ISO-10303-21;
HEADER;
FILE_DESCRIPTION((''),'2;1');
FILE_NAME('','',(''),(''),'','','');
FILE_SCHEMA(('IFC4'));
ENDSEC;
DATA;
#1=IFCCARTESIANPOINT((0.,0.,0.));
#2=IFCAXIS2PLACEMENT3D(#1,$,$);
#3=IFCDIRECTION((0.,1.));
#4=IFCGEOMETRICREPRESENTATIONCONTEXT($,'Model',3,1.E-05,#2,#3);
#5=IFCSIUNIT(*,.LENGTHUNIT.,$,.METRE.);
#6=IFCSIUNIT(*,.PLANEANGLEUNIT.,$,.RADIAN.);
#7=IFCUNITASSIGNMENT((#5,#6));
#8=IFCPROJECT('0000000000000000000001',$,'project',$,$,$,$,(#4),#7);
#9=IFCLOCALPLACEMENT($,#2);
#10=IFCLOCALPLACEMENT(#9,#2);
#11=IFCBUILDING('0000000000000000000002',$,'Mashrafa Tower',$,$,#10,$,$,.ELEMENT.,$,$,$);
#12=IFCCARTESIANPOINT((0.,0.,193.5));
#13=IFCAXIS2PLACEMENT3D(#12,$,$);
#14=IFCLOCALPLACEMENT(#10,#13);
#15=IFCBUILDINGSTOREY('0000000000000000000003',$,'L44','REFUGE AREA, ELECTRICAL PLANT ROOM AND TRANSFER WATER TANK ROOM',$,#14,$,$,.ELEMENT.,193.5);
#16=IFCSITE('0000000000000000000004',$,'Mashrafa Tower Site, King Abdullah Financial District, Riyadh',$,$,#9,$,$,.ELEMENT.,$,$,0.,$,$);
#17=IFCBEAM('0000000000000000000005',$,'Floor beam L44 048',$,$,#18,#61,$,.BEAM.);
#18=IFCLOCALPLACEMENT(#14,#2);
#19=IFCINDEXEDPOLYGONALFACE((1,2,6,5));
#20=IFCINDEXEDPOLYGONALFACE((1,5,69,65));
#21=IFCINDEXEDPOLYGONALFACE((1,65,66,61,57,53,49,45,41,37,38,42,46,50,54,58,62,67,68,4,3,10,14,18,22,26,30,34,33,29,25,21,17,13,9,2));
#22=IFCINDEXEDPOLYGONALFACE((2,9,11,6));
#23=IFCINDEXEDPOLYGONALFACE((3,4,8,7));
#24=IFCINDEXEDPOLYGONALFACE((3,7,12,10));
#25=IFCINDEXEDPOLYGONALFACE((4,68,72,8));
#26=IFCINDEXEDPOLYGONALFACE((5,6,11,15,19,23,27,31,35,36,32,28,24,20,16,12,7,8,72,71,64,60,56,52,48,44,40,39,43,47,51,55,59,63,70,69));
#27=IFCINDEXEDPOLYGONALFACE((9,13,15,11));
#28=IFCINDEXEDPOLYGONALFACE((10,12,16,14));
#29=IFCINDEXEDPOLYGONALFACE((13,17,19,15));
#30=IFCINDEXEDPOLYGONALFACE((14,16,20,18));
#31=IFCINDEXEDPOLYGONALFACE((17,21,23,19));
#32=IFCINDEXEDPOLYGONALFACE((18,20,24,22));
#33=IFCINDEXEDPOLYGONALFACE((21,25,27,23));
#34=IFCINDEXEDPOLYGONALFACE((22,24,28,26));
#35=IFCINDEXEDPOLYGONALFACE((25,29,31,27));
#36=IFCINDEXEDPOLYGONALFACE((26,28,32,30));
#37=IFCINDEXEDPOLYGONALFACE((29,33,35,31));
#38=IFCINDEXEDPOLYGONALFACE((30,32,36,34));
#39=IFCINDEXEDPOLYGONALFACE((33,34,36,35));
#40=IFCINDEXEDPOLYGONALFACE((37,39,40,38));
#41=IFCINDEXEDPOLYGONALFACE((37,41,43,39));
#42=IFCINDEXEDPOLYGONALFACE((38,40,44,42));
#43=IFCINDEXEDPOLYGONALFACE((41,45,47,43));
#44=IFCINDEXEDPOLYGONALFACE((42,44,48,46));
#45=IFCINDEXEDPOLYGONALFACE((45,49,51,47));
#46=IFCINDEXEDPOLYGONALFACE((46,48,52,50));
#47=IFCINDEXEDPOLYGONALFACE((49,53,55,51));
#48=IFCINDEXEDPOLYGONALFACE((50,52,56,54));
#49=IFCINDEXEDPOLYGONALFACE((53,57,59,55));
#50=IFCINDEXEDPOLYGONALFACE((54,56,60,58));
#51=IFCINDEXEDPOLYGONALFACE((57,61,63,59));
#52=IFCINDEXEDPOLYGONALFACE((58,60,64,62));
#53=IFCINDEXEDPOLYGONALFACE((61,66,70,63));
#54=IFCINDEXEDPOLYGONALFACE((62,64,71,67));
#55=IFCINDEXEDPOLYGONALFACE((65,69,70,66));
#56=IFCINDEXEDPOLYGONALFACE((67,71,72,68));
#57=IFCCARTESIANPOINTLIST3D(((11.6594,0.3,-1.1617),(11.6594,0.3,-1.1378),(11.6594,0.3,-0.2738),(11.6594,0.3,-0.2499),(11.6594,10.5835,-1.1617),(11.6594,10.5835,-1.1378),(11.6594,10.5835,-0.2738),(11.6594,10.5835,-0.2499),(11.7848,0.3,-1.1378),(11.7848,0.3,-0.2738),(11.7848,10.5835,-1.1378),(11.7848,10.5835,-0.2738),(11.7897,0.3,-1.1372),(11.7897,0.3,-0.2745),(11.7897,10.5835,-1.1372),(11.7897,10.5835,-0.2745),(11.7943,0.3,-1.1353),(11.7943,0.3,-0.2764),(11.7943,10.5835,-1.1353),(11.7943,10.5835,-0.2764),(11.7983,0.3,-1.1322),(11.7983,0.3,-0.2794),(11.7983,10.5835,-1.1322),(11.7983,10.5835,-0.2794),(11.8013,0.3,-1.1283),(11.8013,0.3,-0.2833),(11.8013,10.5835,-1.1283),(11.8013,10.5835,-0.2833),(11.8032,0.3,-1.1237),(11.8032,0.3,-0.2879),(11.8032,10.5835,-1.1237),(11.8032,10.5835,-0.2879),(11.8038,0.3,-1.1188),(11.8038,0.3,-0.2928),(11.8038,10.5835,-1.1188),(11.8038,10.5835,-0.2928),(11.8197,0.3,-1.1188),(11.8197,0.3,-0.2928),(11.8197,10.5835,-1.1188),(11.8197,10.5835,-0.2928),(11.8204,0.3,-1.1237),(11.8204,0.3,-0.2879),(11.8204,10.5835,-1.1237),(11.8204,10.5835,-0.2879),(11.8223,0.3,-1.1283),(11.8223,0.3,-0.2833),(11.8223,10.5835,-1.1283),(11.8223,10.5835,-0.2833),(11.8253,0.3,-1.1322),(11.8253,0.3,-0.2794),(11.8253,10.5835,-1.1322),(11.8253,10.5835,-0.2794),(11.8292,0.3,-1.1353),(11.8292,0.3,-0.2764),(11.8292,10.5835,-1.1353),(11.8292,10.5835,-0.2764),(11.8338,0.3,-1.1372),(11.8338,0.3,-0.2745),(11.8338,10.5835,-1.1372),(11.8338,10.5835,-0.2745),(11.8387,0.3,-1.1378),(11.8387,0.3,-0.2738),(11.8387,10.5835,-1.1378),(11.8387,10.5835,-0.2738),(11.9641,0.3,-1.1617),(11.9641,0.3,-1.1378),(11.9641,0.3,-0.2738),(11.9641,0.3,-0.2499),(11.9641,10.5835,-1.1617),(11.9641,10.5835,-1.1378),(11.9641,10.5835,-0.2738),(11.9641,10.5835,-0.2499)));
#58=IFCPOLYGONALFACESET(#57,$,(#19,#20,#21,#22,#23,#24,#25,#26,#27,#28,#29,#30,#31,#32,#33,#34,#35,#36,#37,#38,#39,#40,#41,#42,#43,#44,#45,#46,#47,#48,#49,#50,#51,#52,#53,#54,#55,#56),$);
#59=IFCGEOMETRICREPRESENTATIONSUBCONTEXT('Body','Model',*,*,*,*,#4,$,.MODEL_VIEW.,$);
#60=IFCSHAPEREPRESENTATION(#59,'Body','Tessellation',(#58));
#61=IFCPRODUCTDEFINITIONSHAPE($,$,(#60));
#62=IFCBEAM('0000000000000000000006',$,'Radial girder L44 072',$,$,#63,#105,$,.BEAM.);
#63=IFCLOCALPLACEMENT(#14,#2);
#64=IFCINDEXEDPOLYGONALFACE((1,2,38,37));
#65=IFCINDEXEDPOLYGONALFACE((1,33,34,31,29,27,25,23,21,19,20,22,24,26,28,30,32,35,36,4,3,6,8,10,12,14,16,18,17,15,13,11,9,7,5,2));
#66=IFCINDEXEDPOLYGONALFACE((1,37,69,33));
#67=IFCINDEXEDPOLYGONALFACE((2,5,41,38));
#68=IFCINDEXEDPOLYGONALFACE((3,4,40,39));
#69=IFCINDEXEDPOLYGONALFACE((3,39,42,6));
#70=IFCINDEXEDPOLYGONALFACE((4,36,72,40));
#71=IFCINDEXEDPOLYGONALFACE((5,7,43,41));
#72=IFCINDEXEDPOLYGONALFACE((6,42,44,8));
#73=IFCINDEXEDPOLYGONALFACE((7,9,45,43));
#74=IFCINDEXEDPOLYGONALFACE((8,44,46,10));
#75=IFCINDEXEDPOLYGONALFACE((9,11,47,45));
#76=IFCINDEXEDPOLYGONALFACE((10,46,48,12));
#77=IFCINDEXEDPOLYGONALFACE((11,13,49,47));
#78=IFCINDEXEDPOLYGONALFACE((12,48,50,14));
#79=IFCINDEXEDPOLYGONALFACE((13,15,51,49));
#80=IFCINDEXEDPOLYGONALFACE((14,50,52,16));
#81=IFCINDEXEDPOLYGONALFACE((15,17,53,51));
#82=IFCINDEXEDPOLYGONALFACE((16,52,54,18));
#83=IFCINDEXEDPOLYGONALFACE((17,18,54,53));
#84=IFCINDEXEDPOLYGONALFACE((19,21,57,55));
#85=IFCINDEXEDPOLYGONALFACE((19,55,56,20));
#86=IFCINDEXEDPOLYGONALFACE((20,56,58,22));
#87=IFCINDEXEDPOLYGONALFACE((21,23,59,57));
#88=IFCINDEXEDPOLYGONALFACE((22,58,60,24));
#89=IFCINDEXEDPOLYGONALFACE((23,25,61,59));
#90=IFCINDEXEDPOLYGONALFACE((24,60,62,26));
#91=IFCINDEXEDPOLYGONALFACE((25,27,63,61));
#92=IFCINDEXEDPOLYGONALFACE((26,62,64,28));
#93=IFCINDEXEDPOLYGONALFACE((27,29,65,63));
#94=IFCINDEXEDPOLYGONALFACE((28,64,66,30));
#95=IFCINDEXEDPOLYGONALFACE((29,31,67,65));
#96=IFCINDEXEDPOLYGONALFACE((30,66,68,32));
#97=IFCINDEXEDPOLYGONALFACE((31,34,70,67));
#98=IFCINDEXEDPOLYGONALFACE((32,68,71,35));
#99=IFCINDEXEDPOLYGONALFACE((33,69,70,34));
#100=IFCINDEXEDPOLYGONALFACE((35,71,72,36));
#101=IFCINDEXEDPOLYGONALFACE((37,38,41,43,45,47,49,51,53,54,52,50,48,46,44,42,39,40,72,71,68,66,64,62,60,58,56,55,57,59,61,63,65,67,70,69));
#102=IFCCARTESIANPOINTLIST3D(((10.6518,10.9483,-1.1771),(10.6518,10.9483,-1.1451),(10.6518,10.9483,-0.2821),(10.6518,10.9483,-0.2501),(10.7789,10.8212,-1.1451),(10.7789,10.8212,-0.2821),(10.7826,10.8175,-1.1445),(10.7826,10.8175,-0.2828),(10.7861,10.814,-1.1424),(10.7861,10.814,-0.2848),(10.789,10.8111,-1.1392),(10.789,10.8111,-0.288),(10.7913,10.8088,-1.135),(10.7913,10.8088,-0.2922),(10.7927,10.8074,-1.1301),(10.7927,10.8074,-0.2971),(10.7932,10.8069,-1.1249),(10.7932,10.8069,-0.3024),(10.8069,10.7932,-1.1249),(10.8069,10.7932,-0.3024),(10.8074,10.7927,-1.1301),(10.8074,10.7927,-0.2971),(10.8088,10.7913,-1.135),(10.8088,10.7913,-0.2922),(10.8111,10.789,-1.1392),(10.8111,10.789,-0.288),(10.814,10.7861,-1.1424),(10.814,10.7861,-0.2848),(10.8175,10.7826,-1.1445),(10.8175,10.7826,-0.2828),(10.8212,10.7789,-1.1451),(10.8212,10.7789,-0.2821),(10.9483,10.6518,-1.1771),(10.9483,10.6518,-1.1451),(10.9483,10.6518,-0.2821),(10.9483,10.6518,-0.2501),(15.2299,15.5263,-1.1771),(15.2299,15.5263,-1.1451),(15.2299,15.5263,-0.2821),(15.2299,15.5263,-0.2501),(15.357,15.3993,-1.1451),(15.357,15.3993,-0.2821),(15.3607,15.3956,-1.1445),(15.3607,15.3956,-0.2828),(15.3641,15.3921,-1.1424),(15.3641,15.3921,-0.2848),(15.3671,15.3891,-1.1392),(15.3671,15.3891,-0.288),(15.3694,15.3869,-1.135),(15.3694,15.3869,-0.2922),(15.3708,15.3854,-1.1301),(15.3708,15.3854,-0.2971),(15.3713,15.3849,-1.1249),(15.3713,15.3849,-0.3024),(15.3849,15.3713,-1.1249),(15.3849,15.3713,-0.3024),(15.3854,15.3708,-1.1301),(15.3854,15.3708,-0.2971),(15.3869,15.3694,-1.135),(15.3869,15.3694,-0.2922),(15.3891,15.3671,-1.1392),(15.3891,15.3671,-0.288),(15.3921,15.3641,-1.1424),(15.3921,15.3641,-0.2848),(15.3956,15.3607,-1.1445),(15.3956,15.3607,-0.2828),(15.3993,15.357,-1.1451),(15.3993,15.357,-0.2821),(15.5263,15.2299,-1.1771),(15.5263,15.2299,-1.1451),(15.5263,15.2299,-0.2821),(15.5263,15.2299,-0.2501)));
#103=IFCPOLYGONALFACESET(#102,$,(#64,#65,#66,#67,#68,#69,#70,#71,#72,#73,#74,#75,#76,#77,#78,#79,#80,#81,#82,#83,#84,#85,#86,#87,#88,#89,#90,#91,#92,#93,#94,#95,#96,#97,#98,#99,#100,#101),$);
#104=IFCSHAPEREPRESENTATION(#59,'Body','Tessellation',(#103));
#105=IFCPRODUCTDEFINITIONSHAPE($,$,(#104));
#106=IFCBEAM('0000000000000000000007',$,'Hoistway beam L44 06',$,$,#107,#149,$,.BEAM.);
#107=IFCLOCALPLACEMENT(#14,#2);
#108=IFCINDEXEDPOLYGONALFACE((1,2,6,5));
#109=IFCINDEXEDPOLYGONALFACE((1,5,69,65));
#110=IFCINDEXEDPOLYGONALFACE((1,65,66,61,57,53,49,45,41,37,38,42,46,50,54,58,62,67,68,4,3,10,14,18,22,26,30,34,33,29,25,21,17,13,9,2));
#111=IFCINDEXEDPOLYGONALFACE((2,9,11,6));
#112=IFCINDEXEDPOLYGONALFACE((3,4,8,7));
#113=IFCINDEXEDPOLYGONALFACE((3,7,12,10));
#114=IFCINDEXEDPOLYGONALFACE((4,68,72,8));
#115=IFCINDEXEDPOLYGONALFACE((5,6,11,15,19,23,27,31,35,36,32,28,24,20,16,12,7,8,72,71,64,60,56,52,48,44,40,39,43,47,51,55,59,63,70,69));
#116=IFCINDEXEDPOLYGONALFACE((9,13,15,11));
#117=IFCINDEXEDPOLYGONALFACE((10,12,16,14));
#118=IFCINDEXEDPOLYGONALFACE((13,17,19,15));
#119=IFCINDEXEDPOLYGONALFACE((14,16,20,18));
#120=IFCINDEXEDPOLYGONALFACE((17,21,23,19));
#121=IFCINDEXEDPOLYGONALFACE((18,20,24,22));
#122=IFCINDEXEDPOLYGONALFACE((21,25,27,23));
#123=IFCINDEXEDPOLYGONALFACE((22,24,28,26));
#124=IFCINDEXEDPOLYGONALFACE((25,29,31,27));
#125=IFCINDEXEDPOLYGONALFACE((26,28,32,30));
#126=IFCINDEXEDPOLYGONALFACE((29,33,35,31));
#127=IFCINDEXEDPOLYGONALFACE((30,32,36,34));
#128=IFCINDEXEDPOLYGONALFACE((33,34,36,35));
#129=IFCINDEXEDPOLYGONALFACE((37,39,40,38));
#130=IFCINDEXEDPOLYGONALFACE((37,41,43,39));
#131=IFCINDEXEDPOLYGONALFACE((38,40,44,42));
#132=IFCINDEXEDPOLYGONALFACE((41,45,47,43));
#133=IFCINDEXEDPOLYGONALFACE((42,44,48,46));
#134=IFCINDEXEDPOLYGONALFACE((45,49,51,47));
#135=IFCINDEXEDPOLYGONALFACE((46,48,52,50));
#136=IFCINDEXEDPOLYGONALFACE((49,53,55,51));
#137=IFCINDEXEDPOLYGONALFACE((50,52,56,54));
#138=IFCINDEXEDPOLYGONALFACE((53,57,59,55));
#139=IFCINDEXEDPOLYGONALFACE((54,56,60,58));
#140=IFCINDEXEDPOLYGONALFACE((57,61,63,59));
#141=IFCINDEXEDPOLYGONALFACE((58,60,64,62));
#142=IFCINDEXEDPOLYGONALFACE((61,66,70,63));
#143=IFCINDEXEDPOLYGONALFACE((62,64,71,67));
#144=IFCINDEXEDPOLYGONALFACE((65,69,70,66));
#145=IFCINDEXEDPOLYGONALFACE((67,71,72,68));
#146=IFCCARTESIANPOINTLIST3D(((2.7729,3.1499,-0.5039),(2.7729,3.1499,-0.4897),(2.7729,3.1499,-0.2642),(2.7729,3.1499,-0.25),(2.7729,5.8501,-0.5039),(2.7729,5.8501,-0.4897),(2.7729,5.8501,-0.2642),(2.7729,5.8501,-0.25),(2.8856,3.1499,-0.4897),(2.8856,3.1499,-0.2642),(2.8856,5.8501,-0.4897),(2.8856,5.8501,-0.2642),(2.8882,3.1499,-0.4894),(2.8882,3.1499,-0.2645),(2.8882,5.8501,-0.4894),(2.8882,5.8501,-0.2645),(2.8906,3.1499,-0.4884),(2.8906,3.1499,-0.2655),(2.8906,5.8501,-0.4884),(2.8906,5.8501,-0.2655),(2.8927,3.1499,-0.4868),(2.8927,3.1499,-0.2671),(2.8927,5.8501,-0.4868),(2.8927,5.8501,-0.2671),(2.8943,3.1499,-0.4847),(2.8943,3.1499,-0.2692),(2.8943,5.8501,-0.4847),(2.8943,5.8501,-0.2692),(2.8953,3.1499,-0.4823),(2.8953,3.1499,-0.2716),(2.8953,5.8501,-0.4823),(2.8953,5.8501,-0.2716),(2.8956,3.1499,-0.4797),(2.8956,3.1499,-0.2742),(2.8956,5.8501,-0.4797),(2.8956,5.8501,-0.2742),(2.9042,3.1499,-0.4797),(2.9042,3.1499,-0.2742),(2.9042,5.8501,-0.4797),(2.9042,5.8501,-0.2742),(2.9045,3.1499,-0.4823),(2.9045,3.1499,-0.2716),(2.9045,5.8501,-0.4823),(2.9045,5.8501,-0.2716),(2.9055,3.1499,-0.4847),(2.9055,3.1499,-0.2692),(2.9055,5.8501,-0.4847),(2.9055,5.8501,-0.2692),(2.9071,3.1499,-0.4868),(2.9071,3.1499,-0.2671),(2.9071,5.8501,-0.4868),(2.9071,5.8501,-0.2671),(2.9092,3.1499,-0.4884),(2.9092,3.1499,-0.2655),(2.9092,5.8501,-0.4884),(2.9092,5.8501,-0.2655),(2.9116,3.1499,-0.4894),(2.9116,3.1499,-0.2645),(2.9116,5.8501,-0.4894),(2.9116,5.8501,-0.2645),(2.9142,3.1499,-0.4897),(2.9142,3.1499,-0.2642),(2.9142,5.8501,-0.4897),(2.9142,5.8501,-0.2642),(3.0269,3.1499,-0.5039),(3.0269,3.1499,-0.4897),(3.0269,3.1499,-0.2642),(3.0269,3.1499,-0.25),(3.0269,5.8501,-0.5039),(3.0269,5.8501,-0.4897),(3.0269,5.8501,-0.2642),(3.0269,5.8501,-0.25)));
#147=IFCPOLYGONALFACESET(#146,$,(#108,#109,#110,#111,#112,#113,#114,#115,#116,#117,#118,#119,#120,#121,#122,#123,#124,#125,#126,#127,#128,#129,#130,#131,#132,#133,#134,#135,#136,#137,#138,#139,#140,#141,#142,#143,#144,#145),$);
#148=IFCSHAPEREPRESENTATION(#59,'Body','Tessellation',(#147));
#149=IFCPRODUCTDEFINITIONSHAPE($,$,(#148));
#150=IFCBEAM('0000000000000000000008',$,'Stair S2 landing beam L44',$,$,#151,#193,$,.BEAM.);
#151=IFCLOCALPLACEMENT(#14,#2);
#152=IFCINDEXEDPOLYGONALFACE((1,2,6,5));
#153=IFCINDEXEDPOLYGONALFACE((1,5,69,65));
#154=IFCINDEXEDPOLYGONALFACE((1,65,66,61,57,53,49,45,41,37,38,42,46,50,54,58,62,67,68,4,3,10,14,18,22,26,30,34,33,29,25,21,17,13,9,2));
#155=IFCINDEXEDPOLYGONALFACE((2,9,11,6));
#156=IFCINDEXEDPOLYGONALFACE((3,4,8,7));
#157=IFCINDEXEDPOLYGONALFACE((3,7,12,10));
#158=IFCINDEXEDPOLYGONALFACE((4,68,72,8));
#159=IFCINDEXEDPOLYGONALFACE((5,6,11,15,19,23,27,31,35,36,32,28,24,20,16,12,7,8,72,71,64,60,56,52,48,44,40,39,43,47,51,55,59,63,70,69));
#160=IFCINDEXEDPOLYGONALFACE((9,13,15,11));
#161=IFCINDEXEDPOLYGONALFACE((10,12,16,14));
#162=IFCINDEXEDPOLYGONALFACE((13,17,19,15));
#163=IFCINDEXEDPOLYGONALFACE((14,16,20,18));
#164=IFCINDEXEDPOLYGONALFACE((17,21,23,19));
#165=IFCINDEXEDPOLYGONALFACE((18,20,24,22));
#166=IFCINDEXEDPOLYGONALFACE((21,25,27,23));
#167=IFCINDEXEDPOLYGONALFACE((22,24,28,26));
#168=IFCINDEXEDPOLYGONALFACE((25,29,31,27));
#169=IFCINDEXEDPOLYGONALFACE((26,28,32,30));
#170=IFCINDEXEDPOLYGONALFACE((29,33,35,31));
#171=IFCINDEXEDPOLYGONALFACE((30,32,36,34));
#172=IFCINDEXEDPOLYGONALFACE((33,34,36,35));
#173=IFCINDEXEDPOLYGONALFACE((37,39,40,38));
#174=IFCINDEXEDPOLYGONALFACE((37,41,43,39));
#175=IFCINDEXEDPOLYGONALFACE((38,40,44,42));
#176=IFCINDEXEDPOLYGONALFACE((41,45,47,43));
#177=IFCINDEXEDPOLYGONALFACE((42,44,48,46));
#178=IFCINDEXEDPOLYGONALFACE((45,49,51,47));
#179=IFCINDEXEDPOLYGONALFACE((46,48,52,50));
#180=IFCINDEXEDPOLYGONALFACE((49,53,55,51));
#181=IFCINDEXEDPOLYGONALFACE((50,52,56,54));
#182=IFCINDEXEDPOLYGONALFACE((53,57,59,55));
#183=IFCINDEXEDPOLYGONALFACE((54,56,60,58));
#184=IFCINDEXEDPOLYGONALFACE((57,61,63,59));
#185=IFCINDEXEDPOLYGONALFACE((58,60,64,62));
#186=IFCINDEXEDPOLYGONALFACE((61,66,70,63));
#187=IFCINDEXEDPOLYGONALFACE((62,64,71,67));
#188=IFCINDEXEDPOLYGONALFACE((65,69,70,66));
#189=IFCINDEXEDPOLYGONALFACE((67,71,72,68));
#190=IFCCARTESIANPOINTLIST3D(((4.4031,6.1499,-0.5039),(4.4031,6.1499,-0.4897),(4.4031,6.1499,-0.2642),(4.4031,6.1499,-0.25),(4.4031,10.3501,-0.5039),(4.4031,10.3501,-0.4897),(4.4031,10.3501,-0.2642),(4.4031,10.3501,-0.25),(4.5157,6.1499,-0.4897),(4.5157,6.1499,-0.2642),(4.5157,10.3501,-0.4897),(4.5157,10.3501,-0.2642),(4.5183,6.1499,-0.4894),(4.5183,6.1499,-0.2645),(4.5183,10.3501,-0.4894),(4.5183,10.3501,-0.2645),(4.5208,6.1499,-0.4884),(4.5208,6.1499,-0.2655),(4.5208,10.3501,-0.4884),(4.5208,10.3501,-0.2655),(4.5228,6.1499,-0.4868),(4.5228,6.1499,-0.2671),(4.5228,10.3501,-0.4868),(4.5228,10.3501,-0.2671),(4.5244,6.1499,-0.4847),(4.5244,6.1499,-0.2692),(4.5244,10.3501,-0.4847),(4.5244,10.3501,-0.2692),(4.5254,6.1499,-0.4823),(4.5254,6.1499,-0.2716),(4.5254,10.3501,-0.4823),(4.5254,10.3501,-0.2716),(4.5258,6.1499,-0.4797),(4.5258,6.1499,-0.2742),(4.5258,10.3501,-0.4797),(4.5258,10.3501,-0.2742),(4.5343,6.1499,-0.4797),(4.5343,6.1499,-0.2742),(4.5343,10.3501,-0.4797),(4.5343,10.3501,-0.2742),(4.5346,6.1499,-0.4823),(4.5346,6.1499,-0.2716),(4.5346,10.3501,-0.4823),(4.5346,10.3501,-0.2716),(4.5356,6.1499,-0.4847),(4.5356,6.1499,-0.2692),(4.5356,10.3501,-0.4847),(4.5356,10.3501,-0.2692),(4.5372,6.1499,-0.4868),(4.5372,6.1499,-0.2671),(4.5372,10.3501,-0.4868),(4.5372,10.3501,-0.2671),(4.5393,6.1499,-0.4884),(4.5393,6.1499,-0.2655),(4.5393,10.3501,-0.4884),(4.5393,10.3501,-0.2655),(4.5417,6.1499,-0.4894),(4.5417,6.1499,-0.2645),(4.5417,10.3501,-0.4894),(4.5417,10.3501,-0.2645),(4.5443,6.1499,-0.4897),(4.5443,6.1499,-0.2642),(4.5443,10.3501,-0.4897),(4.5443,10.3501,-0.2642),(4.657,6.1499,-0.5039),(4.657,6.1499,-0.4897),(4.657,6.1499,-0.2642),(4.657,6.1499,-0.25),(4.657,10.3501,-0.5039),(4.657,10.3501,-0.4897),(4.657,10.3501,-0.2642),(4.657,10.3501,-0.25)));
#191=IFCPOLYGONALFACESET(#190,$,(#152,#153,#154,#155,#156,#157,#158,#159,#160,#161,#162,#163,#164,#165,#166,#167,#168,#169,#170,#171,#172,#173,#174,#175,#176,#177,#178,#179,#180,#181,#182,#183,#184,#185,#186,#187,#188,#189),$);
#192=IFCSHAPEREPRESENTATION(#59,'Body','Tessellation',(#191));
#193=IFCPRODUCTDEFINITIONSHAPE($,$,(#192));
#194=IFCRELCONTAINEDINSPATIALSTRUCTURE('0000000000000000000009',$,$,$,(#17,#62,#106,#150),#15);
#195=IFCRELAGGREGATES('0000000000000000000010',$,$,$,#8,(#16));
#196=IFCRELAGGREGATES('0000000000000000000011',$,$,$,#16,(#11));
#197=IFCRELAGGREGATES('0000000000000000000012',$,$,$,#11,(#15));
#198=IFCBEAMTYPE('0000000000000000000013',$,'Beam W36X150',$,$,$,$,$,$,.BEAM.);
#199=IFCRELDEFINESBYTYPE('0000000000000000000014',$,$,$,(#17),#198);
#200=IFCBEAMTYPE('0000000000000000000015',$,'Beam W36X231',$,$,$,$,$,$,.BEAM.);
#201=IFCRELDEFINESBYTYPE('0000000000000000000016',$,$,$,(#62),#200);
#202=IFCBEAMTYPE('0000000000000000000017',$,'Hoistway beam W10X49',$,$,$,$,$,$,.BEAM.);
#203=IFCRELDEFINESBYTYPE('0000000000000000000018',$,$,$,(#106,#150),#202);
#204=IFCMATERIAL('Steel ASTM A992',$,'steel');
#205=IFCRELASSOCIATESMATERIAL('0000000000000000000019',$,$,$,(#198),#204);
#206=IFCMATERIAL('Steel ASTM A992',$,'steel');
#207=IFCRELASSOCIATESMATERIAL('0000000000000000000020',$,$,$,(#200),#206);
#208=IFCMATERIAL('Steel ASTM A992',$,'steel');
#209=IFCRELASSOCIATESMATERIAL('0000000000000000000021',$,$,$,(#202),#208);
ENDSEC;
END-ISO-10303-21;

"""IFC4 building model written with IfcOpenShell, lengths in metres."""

from ifc_helpers import new_model, si_unit, direction, frame, origin, origin_2d, place, context, subcontext, project, spatial, i_section, extrude, material, material_profile, profile_set, type_object, element, save


model = new_model("IFC4")

# Units and contexts
model_context = context("Model", 3, precision=1e-05, world=origin(), true_north=direction((0.0, 1.0)))
body_context = subcontext(model_context, "Body", "Model", "MODEL_VIEW")
ifc_project = project(units=[si_unit("LENGTHUNIT", "METRE"), si_unit("PLANEANGLEUNIT", "RADIAN")], contexts=[model_context])

# Site, building, storey
site_placement = place(None, origin())
site = spatial("IfcSite", under=ifc_project, at=site_placement, Name="Mashrafa Tower Site, King Abdullah Financial District, Riyadh", CompositionType="ELEMENT", RefElevation=0.0)
building_placement = place(site_placement, origin())
building = spatial("IfcBuilding", under=site, at=building_placement, Name="Mashrafa Tower", CompositionType="ELEMENT")
storey_placement = place(building_placement, frame((0.0, 0.0, 193.5)))
storey = spatial("IfcBuildingStorey", under=building, at=storey_placement, Name="L44", Description="REFUGE AREA, ELECTRICAL PLANT ROOM AND TRANSFER WATER TANK ROOM", CompositionType="ELEMENT", Elevation=193.5)

# Beams
ifc_material_1 = material(Name="Steel ASTM A992", Category="steel")
ifc_material_profile_1 = material_profile(ifc_material_1, i_section(OverallWidth=0.3047, OverallDepth=0.9119, WebThickness=0.0159, FlangeThickness=0.0239, FilletRadius=0.019, at=origin_2d()), Name="W36X150")
ifc_profile_set_1 = profile_set([ifc_material_profile_1], Name="Steel ASTM A992")
beam_type_1 = type_object("IfcBeamType", Name="Beam W36X150", PredefinedType="BEAM", material=ifc_profile_set_1)
for number, where, z_axis, x_axis, name in (
    (1, (11.8118, 10.5835, -0.7058), (0.0, -1.0, 0.0), (1.0, 0.0, 0.0), "Floor beam L44 048"),
):
    element("IfcBeam", number, at=place(storey_placement, frame(where, z_axis=z_axis, x_axis=x_axis)), inside=storey, type_object=beam_type_1, Name=name, PredefinedType="BEAM", context=body_context, shape_type="SweptSolid", body=[
        extrude(i_section(OverallWidth=0.3047, OverallDepth=0.9119, WebThickness=0.0159, FlangeThickness=0.0239, FilletRadius=0.019, at=origin_2d()), origin(), (0.0, 0.0, 1.0), 10.2834),
    ])
ifc_material_2 = material(Name="Steel ASTM A992", Category="steel")
ifc_material_profile_2 = material_profile(ifc_material_2, i_section(OverallWidth=0.4192, OverallDepth=0.927, WebThickness=0.0193, FlangeThickness=0.032, FilletRadius=0.0203, at=origin_2d()), Name="W36X231")
ifc_profile_set_2 = profile_set([ifc_material_profile_2], Name="Steel ASTM A992")
beam_type_2 = type_object("IfcBeamType", Name="Beam W36X231", PredefinedType="BEAM", material=ifc_profile_set_2)
beam_1_placement = place(storey_placement, frame((10.8, 10.8, -0.7136), z_axis=(0.707107, 0.707107, 0.0), x_axis=(-0.707107, 0.707107, 0.0)))
element("IfcBeam", 2, at=beam_1_placement, inside=storey, type_object=beam_type_2, Name="Radial girder L44 072", PredefinedType="BEAM", context=body_context, shape_type="SweptSolid", body=[
    extrude(i_section(OverallWidth=0.4192, OverallDepth=0.927, WebThickness=0.0193, FlangeThickness=0.032, FilletRadius=0.0203, at=origin_2d()), origin(), (0.0, 0.0, 1.0), 6.4744),
])
ifc_material_3 = material(Name="Steel ASTM A992", Category="steel")
ifc_material_profile_3 = material_profile(ifc_material_3, i_section(OverallWidth=0.2539, OverallDepth=0.2539, WebThickness=0.0085, FlangeThickness=0.0142, FilletRadius=0.01, at=origin_2d()), Name="W10X49")
ifc_profile_set_3 = profile_set([ifc_material_profile_3], Name="Steel ASTM A992")
beam_type_3 = type_object("IfcBeamType", Name="Hoistway beam W10X49", PredefinedType="BEAM", material=ifc_profile_set_3)
beam_2_placement = place(storey_placement, frame((2.8999, 3.1499, -0.377), z_axis=(0.0, 1.0, 0.0), x_axis=(-1.0, 0.0, 0.0)))
element("IfcBeam", 3, at=beam_2_placement, inside=storey, type_object=beam_type_3, Name="Hoistway beam L44 06", PredefinedType="BEAM", context=body_context, shape_type="SweptSolid", body=[
    extrude(i_section(OverallWidth=0.2539, OverallDepth=0.2539, WebThickness=0.0085, FlangeThickness=0.0142, FilletRadius=0.01, at=origin_2d()), origin(), (0.0, 0.0, 1.0), 2.7002),
])
beam_3_placement = place(storey_placement, frame((4.53, 6.1499, -0.377), z_axis=(0.0, 1.0, 0.0), x_axis=(-1.0, 0.0, 0.0)))
element("IfcBeam", 4, at=beam_3_placement, inside=storey, type_object=beam_type_3, Name="Stair S2 landing beam L44", PredefinedType="BEAM", context=body_context, shape_type="SweptSolid", body=[
    extrude(i_section(OverallWidth=0.2539, OverallDepth=0.2539, WebThickness=0.0085, FlangeThickness=0.0142, FilletRadius=0.01, at=origin_2d()), origin(), (0.0, 0.0, 1.0), 4.2002),
])

save(model, "model.ifc")
